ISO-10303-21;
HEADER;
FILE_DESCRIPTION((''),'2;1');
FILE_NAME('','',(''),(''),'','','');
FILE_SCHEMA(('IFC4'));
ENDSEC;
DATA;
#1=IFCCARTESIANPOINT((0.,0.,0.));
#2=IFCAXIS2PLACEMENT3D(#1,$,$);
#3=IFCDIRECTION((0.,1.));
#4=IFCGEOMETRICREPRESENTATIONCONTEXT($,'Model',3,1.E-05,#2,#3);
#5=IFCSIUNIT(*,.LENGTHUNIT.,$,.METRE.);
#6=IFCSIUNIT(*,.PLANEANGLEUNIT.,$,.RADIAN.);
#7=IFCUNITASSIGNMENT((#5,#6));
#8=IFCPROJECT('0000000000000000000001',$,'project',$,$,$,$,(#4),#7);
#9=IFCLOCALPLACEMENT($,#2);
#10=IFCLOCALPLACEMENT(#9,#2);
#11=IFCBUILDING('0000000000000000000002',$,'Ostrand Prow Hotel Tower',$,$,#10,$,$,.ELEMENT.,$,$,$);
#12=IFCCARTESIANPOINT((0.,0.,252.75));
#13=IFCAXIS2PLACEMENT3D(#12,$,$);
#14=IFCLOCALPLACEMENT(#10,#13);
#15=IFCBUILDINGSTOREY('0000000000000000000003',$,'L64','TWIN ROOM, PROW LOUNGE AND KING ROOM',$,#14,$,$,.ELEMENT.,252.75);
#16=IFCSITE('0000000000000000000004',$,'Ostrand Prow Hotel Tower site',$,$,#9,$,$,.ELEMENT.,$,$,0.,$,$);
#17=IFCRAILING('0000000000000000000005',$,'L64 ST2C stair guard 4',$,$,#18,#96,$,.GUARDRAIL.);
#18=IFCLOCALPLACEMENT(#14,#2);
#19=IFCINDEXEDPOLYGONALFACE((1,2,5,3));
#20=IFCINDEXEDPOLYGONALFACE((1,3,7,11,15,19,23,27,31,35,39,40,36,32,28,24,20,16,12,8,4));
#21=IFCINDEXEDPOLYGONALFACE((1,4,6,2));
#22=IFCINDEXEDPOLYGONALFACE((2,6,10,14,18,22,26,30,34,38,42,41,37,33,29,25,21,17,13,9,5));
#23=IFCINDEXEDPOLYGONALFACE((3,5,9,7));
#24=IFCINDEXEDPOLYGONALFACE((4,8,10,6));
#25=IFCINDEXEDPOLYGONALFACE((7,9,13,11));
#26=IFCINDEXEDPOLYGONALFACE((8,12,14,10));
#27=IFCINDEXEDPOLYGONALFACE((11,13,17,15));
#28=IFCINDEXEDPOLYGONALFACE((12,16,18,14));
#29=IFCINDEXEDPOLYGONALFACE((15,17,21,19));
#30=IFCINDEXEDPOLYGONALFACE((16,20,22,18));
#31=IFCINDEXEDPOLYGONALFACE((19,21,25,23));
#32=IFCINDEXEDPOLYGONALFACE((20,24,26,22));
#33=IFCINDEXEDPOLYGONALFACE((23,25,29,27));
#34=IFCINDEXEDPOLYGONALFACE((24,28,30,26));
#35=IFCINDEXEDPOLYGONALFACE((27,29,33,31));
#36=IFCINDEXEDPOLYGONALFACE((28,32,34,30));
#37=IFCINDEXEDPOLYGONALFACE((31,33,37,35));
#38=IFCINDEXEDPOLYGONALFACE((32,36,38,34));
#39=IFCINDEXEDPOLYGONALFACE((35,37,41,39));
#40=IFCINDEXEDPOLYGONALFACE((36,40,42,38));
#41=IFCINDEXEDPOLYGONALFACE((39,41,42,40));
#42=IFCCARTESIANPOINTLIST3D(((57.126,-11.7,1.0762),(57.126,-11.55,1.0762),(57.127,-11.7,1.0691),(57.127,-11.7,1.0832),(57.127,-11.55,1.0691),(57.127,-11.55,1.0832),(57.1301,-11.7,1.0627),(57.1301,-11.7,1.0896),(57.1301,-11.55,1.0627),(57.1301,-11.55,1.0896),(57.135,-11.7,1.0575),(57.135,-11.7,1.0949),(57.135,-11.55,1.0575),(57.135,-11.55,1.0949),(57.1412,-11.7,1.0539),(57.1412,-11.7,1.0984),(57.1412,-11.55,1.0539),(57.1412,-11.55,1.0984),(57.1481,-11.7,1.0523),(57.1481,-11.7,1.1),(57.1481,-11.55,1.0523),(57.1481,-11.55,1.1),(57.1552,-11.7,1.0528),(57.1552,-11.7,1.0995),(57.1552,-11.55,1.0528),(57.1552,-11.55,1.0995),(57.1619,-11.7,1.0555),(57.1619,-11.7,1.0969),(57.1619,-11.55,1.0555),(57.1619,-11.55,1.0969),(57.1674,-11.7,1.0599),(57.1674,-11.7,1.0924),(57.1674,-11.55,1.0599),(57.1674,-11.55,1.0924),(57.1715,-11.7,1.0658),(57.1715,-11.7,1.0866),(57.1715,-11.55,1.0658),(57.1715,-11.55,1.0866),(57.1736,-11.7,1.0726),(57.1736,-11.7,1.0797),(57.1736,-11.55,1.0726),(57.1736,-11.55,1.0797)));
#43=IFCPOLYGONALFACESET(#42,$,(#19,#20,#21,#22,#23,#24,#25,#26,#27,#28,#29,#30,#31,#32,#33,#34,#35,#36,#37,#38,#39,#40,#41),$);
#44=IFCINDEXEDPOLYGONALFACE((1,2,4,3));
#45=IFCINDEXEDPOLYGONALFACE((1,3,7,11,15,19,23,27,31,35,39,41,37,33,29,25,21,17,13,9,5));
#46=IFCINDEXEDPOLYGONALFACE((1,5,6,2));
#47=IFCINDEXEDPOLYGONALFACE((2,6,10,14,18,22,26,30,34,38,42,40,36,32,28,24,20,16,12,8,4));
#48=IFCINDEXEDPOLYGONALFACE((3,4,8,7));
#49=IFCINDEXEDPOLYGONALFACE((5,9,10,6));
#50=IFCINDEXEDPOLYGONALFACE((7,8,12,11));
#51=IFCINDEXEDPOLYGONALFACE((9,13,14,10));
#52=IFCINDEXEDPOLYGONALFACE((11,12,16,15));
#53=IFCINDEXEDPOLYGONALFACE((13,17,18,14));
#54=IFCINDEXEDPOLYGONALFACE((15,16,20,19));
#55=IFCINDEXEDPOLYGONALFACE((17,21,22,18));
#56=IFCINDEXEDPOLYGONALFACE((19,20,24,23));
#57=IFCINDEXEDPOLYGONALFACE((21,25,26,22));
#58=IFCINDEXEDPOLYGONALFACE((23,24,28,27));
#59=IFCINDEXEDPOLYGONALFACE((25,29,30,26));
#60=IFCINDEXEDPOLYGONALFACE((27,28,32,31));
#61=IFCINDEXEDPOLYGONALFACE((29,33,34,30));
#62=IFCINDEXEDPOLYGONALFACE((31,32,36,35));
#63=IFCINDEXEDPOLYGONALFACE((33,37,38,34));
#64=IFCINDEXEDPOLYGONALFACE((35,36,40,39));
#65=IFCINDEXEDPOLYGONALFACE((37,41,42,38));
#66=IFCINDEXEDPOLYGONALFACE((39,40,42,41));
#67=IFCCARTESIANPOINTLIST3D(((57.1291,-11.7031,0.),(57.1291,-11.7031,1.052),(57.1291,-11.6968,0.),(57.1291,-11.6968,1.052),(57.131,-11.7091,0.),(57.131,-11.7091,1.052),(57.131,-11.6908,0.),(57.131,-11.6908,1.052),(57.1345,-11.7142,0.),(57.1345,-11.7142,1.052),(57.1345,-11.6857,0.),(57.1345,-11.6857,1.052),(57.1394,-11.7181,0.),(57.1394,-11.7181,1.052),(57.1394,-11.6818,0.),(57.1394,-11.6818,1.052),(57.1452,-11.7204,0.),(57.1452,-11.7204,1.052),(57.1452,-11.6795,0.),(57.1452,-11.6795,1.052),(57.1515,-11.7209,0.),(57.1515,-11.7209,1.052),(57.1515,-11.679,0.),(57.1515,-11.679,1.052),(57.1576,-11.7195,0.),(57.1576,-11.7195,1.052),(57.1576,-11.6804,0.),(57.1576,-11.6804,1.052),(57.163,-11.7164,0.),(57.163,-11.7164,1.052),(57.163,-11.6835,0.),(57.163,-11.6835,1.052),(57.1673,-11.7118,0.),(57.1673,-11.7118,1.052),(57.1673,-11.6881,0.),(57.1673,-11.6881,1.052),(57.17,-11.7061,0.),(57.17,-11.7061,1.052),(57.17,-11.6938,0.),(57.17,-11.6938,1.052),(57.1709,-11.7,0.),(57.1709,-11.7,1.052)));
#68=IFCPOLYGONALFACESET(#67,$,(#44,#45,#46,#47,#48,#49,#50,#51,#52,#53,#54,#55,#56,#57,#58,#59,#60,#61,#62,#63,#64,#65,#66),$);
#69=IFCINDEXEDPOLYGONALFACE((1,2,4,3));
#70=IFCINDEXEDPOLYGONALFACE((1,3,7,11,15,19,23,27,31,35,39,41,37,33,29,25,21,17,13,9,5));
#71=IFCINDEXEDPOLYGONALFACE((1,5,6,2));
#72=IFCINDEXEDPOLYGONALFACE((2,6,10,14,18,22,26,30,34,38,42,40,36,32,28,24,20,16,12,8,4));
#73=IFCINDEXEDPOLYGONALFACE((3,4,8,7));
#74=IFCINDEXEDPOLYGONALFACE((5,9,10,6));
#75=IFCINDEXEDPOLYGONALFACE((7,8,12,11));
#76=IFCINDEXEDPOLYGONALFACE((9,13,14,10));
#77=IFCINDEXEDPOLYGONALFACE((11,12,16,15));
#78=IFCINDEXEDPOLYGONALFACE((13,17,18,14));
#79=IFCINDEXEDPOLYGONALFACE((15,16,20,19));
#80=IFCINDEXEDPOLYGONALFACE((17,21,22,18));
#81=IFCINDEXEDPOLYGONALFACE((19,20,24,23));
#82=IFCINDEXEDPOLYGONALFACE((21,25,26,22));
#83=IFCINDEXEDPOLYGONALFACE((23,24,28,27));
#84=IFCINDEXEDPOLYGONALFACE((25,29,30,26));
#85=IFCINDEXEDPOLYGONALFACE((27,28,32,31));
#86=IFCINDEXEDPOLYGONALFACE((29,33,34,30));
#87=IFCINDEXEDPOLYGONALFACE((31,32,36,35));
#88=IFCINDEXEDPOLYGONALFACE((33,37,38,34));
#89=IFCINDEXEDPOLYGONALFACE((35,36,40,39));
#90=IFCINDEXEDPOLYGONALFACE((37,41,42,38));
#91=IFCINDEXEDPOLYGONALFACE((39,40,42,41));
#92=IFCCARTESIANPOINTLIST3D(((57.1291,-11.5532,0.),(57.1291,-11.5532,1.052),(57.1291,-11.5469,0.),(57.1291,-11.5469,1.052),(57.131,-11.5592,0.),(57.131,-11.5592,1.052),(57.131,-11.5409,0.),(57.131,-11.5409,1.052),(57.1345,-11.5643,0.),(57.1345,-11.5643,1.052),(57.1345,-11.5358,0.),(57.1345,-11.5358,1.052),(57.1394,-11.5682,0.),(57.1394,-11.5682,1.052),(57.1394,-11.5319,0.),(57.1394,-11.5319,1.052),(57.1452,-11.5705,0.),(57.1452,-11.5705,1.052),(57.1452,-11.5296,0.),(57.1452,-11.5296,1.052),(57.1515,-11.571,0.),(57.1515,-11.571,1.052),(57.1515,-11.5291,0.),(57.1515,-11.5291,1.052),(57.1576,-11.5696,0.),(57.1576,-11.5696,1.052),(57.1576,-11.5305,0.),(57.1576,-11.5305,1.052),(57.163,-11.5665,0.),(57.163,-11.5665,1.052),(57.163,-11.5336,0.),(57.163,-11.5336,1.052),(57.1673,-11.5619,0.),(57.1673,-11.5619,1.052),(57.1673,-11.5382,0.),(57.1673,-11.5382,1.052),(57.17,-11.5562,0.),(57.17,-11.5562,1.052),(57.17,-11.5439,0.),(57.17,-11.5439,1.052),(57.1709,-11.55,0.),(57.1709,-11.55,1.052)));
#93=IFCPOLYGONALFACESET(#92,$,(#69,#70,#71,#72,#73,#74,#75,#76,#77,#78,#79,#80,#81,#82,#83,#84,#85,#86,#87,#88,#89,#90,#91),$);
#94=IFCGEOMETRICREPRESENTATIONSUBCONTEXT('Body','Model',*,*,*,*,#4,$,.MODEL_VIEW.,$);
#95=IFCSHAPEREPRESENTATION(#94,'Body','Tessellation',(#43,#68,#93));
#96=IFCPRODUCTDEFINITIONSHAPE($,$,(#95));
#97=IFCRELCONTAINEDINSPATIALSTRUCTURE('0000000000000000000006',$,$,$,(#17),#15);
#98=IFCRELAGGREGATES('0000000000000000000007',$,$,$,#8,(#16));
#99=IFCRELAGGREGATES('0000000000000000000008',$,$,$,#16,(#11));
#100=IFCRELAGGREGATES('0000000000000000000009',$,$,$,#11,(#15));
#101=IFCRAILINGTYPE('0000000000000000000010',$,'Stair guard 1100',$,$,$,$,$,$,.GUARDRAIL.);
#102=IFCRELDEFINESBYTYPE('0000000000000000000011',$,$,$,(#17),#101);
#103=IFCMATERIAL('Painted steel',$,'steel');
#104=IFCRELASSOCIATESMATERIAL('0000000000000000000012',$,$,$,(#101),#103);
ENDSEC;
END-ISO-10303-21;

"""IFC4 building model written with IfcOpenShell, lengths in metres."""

from ifc_helpers import new_model, si_unit, direction, frame, origin, origin_2d, place, context, subcontext, project, spatial, circle, extrude, material, type_object, element, save


model = new_model("IFC4")

# Units and contexts
model_context = context("Model", 3, precision=1e-05, world=origin(), true_north=direction((0.0, 1.0)))
body_context = subcontext(model_context, "Body", "Model", "MODEL_VIEW")
ifc_project = project(units=[si_unit("LENGTHUNIT", "METRE"), si_unit("PLANEANGLEUNIT", "RADIAN")], contexts=[model_context])

# Site, building, storey
site_placement = place(None, origin())
site = spatial("IfcSite", under=ifc_project, at=site_placement, Name="Ostrand Prow Hotel Tower site", CompositionType="ELEMENT", RefElevation=0.0)
building_placement = place(site_placement, origin())
building = spatial("IfcBuilding", under=site, at=building_placement, Name="Ostrand Prow Hotel Tower", CompositionType="ELEMENT")
storey_placement = place(building_placement, frame((0.0, 0.0, 252.75)))
storey = spatial("IfcBuildingStorey", under=building, at=storey_placement, Name="L64", Description="TWIN ROOM, PROW LOUNGE AND KING ROOM", CompositionType="ELEMENT", Elevation=252.75)

# Railing
ifc_material_1 = material(Name="Painted steel", Category="steel")
railing_type_1 = type_object("IfcRailingType", Name="Stair guard 1100", PredefinedType="GUARDRAIL", material=ifc_material_1)
railing_1_placement = place(storey_placement, frame((57.1499, -11.7, 0.0)))
element("IfcRailing", 1, at=railing_1_placement, inside=storey, type_object=railing_type_1, Name="L64 ST2C stair guard 4", PredefinedType="GUARDRAIL", context=body_context, shape_type="SweptSolid", body=[
    extrude(circle(Radius=0.0239, at=origin_2d()), frame((0.0, 0.0, 1.0762), z_axis=(0.0, 1.0, 0.0), x_axis=(-1.0, 0.0, 0.0)), (0.0, 0.0, 1.0), 0.1499),
    extrude(circle(Radius=0.021, at=origin_2d()), origin(), (0.0, 0.0, 1.0), 1.052),
    extrude(circle(Radius=0.021, at=origin_2d()), frame((0.0, 0.1499, 0.0)), (0.0, 0.0, 1.0), 1.052),
])

save(model, "model.ifc")
